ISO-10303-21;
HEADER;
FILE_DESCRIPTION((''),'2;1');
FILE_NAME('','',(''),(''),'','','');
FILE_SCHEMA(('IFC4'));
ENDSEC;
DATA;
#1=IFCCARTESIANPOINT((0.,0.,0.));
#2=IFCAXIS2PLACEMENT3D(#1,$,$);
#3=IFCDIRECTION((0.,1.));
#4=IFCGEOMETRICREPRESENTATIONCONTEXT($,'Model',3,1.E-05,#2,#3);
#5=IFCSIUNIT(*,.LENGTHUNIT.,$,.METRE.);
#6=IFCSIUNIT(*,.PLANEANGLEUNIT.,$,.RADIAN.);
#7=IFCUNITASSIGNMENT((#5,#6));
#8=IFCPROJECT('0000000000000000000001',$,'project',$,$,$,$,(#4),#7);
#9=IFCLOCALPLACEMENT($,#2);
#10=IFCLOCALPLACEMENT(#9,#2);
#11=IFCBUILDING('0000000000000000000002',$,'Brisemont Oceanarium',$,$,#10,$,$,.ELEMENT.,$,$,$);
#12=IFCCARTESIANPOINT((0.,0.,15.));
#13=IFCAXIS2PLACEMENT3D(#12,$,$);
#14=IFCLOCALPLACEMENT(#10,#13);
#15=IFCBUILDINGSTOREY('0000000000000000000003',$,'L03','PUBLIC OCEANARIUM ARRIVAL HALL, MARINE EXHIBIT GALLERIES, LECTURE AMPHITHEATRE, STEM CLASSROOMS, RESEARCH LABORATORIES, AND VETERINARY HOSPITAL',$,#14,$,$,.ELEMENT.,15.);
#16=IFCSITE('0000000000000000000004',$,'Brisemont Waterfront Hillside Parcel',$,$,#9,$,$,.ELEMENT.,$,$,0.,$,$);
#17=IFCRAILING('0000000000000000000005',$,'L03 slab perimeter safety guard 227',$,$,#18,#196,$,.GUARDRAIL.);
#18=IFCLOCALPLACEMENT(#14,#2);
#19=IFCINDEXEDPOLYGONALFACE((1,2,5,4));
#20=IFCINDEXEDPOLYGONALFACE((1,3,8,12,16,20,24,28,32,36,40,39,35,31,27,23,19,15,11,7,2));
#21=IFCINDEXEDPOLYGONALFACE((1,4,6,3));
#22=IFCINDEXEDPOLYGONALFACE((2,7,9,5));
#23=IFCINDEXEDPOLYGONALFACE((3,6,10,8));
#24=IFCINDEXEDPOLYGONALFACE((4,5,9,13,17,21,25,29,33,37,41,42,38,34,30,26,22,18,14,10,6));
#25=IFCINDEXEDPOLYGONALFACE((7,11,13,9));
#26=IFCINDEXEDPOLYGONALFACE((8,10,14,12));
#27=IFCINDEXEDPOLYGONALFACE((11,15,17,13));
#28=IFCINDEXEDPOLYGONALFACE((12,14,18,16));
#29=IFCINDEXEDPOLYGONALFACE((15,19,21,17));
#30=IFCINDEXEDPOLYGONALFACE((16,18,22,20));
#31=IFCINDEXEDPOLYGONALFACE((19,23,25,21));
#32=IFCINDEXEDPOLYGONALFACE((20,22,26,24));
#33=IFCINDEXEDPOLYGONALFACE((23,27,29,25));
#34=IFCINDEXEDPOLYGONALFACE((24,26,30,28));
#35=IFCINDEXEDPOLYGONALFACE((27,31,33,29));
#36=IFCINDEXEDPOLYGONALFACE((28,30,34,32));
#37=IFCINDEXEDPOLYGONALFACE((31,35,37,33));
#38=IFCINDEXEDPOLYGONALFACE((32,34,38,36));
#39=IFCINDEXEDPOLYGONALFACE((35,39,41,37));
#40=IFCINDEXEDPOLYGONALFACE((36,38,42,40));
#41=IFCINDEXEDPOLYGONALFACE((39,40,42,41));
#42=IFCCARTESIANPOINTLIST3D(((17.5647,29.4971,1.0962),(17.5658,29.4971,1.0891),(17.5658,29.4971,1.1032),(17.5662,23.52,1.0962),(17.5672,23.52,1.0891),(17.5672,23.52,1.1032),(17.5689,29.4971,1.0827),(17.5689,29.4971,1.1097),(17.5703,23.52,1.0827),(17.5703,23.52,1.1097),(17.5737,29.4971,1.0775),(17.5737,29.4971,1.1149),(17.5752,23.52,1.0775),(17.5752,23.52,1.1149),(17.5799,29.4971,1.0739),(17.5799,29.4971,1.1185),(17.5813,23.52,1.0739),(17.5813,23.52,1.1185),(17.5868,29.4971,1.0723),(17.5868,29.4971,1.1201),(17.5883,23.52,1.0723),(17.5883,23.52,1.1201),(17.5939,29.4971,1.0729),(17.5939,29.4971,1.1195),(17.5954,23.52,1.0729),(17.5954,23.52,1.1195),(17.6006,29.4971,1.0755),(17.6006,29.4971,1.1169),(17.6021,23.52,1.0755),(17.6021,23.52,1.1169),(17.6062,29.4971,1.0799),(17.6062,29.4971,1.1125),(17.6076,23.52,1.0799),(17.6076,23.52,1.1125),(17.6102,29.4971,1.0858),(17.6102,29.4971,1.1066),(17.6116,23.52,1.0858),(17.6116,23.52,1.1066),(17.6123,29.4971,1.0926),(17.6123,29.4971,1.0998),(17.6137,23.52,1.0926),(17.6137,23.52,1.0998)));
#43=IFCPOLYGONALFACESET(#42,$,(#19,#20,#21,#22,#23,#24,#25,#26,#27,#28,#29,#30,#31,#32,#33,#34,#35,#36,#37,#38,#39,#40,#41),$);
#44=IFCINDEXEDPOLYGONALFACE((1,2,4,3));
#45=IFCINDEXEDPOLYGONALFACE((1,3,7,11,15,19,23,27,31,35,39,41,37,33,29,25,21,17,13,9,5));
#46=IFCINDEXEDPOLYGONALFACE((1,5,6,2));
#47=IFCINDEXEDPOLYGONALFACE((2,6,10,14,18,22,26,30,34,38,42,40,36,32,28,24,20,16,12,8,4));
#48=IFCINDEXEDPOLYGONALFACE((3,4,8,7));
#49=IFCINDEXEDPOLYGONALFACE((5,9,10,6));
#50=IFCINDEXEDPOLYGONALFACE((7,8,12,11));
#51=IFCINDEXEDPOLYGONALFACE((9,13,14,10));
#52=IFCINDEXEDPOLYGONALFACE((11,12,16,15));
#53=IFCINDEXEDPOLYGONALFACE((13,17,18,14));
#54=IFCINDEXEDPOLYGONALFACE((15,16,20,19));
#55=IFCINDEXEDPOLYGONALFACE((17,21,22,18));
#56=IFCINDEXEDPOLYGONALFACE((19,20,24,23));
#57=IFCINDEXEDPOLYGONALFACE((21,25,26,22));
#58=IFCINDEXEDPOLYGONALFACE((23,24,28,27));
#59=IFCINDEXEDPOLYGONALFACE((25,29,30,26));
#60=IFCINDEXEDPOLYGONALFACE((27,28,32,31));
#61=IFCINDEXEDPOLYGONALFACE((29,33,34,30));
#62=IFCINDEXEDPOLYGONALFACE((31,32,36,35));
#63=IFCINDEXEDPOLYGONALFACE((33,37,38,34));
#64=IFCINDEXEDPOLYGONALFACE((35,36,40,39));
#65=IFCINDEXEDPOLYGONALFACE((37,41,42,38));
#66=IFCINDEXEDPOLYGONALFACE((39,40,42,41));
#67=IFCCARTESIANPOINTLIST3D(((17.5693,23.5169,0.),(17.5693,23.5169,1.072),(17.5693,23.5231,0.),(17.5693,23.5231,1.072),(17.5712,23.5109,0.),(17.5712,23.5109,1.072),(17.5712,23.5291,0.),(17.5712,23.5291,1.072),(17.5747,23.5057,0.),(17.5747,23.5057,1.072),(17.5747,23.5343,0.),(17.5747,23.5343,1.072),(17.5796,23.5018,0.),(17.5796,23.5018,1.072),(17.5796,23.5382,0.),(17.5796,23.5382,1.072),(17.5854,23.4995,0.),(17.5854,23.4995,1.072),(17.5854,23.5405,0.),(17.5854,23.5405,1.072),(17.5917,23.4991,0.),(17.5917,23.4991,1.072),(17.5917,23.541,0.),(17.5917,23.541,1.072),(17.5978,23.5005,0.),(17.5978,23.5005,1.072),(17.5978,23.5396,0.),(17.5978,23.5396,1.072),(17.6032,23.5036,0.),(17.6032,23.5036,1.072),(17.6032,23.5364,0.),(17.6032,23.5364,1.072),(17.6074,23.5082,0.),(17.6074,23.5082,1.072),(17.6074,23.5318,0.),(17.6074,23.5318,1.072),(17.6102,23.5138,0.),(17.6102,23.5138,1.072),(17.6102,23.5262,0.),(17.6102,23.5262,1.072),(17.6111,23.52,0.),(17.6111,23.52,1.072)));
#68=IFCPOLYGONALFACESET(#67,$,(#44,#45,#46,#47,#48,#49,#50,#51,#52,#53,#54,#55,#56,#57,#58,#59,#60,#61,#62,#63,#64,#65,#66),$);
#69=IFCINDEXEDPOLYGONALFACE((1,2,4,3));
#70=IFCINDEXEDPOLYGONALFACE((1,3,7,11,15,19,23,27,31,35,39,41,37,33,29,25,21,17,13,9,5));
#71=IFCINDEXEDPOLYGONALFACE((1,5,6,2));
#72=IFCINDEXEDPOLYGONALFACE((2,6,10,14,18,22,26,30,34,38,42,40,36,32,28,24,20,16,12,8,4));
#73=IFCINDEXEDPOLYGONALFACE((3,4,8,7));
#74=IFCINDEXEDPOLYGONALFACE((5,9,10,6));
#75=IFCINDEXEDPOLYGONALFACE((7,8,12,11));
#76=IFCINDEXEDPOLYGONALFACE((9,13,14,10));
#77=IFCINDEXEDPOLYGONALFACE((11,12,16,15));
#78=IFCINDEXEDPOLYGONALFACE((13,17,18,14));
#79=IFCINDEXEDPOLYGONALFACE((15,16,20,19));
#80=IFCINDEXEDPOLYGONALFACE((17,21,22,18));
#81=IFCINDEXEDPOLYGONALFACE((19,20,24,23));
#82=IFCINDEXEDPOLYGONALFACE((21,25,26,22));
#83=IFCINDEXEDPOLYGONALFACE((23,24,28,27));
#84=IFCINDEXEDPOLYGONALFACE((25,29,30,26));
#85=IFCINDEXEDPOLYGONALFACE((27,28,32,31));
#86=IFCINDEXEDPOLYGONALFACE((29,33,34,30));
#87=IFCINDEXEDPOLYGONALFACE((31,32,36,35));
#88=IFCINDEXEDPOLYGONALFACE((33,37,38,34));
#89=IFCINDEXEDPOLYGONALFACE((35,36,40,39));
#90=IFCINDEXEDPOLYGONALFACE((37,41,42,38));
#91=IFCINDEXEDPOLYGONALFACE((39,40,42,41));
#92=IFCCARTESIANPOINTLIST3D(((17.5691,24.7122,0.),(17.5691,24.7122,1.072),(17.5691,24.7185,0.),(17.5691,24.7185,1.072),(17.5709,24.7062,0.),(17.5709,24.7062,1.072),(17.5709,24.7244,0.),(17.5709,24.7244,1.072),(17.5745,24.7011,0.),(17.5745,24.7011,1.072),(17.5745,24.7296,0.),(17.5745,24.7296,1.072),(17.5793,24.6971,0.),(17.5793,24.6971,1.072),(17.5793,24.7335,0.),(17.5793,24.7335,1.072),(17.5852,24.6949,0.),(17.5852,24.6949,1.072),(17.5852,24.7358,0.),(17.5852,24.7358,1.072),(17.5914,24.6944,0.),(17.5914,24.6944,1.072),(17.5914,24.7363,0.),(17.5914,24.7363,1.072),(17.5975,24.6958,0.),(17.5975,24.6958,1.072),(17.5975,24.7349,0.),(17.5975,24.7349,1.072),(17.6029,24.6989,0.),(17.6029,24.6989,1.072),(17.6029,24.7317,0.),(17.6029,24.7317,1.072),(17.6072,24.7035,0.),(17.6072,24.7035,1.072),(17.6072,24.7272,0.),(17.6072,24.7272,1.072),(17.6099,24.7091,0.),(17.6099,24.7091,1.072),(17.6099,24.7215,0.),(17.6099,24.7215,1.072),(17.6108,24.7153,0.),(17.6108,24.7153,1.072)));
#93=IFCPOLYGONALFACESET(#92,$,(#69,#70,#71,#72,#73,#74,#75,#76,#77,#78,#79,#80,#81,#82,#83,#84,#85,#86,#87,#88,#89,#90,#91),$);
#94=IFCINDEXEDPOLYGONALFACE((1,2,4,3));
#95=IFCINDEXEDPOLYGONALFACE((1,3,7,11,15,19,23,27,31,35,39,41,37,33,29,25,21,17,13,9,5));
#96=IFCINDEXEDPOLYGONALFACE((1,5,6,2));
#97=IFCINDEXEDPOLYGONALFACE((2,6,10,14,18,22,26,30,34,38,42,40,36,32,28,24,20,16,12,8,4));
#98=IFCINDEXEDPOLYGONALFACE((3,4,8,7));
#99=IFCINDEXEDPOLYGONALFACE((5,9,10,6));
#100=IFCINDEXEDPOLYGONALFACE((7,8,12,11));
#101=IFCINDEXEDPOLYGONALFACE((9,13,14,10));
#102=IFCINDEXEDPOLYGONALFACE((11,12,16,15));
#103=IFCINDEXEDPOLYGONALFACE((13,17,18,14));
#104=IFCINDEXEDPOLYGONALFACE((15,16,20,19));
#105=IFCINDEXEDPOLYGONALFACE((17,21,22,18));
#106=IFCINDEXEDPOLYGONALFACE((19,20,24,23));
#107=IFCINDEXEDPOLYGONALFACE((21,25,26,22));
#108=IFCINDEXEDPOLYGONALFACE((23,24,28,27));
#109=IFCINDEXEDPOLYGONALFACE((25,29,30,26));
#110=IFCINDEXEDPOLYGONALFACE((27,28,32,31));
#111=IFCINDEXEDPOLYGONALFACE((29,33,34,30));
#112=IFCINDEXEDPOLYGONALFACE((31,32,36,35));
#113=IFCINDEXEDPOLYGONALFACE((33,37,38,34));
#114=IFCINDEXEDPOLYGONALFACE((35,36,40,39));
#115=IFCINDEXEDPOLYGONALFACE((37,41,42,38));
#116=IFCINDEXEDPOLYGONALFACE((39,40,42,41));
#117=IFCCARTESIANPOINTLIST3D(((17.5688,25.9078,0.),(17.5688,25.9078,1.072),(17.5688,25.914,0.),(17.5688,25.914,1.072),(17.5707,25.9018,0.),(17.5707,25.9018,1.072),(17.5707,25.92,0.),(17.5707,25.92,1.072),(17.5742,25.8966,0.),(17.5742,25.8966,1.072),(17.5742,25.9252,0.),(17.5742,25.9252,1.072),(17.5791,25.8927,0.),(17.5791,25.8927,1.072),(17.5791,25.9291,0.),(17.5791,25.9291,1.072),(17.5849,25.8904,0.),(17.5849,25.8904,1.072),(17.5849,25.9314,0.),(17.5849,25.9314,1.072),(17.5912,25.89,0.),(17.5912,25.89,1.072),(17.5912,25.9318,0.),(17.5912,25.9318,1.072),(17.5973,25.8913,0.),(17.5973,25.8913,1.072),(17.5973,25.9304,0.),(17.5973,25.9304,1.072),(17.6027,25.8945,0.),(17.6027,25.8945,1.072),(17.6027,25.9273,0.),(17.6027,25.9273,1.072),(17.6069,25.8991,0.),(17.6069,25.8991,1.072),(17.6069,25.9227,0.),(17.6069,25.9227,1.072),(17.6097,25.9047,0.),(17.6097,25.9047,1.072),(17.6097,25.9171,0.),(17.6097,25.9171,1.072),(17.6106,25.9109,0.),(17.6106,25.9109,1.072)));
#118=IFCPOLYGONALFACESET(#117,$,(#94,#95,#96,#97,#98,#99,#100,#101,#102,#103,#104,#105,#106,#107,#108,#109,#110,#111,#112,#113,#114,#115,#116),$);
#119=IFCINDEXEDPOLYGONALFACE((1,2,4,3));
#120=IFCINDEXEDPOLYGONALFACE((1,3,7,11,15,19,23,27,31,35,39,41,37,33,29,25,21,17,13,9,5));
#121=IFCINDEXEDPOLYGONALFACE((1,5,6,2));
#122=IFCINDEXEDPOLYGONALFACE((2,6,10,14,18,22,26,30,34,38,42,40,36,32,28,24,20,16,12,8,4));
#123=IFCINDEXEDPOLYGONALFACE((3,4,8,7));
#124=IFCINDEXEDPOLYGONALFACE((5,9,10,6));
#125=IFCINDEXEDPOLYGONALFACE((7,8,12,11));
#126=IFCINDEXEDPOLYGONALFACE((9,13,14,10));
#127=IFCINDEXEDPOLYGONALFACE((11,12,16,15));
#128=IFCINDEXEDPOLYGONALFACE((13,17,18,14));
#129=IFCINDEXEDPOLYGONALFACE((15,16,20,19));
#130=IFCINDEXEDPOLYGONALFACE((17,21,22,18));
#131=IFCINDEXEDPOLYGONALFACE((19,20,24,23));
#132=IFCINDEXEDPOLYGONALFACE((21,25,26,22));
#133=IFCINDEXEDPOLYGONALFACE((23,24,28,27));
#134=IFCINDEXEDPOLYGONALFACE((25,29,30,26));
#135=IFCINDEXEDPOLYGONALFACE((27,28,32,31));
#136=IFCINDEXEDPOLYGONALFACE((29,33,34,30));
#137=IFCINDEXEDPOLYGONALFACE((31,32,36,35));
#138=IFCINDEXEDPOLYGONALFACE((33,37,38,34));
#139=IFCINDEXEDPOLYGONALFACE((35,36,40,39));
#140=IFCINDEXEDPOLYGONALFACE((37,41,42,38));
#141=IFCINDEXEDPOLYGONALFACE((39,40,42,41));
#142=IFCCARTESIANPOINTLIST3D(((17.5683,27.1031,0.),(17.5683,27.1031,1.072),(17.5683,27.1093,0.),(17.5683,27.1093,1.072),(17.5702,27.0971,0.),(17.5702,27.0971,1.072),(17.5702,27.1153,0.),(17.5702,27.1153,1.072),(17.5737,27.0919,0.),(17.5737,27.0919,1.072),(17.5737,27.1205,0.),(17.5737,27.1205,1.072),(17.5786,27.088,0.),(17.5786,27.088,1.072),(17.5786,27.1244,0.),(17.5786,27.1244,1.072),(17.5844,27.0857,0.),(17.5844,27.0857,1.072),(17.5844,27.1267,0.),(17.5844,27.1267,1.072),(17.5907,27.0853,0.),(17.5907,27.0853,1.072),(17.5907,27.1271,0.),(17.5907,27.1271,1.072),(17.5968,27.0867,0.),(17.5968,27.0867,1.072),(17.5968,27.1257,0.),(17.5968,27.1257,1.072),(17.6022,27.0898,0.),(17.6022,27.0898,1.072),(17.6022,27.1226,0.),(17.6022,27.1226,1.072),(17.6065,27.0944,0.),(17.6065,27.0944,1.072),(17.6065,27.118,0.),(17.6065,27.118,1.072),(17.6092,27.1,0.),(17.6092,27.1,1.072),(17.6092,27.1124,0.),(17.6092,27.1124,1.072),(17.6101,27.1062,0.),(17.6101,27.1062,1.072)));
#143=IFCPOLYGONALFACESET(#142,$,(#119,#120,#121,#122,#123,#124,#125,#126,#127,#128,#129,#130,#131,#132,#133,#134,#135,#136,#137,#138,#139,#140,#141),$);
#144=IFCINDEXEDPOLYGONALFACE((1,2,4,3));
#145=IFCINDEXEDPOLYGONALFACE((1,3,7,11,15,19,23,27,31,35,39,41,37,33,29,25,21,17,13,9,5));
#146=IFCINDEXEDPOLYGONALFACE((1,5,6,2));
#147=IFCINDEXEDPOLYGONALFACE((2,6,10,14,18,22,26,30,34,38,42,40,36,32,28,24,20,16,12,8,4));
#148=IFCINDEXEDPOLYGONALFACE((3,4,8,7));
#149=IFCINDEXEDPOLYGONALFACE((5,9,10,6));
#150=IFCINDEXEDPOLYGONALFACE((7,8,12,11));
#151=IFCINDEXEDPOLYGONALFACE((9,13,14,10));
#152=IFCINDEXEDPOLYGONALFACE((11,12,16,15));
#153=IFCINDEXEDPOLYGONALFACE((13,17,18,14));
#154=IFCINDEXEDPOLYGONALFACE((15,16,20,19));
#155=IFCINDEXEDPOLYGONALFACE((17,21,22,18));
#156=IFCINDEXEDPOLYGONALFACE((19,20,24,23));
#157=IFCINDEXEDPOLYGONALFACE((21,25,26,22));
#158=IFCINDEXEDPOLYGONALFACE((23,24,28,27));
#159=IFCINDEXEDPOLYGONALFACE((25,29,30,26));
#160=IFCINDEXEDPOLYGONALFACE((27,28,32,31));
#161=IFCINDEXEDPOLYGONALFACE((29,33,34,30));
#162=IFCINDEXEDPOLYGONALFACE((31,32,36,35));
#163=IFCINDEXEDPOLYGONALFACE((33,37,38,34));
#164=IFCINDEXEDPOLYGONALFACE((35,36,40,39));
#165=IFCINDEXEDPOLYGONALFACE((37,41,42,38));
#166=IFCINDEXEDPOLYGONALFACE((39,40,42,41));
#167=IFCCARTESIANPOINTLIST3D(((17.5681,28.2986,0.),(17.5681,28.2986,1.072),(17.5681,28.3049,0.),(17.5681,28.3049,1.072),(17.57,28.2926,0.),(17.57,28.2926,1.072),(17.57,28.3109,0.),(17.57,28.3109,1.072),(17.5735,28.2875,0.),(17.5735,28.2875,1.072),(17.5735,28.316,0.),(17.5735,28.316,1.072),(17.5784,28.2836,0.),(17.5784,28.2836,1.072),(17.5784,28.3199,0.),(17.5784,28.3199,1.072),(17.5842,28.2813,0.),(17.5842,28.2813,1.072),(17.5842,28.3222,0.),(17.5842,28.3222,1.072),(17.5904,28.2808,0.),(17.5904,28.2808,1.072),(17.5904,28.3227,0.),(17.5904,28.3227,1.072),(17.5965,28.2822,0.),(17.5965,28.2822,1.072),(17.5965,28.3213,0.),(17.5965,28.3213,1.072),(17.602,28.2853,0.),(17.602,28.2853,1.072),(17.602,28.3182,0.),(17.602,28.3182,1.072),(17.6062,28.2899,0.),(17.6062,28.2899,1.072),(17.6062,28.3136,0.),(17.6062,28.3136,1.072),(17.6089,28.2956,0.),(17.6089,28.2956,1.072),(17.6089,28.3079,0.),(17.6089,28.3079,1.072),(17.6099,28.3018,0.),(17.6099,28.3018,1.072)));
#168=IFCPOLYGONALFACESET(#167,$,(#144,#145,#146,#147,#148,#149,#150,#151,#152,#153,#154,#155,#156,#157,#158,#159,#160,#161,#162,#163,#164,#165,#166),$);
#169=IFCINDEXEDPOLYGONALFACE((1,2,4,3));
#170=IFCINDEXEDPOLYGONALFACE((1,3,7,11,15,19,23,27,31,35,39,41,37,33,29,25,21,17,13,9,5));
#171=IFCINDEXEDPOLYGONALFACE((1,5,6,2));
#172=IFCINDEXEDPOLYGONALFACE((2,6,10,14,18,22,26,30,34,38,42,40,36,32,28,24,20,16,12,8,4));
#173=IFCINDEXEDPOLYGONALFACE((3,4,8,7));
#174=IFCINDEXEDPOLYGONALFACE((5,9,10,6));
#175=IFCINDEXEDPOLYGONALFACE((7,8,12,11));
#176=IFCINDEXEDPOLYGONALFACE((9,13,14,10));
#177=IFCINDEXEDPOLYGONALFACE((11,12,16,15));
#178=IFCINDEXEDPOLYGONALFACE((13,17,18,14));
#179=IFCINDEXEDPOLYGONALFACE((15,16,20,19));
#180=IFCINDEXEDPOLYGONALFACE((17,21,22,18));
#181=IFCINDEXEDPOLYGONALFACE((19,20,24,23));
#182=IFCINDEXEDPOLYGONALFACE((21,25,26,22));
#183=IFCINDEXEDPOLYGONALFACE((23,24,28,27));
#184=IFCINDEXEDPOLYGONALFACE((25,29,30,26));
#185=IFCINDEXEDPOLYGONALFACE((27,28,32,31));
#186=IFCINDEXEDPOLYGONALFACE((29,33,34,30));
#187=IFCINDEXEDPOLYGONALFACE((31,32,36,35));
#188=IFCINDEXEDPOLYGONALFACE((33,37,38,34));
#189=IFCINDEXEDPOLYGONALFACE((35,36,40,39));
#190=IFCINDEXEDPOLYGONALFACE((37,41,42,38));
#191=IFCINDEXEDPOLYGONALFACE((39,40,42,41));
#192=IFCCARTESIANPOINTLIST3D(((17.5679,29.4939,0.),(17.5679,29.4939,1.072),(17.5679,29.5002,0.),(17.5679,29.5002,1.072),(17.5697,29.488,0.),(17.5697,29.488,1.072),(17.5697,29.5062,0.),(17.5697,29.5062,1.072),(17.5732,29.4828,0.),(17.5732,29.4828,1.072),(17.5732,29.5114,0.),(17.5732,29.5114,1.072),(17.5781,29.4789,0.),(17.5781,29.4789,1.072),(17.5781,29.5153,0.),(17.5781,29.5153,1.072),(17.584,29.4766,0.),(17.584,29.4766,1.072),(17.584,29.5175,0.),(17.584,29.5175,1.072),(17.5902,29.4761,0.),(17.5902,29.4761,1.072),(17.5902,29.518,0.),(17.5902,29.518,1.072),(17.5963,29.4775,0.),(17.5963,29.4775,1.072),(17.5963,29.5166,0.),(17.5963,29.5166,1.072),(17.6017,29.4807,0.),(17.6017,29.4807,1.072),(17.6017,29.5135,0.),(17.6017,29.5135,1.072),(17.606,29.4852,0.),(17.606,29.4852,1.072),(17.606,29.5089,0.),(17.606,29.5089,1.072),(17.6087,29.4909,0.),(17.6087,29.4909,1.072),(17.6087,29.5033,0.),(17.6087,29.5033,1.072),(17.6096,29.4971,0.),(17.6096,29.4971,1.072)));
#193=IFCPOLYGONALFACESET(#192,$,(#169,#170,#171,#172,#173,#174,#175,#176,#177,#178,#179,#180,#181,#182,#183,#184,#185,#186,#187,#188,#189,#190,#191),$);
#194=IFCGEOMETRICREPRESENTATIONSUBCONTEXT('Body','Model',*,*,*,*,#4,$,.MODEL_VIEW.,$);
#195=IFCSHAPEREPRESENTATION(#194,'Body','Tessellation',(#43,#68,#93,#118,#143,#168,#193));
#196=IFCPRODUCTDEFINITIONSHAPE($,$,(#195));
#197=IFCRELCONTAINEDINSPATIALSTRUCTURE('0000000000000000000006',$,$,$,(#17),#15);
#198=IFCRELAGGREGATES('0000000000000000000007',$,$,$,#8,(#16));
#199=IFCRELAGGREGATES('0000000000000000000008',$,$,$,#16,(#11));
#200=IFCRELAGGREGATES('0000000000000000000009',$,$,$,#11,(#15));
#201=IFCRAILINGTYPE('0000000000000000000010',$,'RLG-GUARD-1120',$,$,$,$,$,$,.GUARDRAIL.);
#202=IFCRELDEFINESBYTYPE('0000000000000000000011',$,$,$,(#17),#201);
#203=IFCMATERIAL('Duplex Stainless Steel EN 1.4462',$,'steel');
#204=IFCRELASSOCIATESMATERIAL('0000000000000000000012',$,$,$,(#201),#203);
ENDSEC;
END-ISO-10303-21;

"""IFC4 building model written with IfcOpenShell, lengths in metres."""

from ifc_helpers import new_model, si_unit, direction, frame, origin, origin_2d, place, context, subcontext, project, spatial, circle, extrude, material, type_object, element, save


model = new_model("IFC4")

# Units and contexts
model_context = context("Model", 3, precision=1e-05, world=origin(), true_north=direction((0.0, 1.0)))
body_context = subcontext(model_context, "Body", "Model", "MODEL_VIEW")
ifc_project = project(units=[si_unit("LENGTHUNIT", "METRE"), si_unit("PLANEANGLEUNIT", "RADIAN")], contexts=[model_context])

# Site, building, storey
site_placement = place(None, origin())
site = spatial("IfcSite", under=ifc_project, at=site_placement, Name="Brisemont Waterfront Hillside Parcel", CompositionType="ELEMENT", RefElevation=0.0)
building_placement = place(site_placement, origin())
building = spatial("IfcBuilding", under=site, at=building_placement, Name="Brisemont Oceanarium", CompositionType="ELEMENT")
storey_placement = place(building_placement, frame((0.0, 0.0, 15.0)))
storey = spatial("IfcBuildingStorey", under=building, at=storey_placement, Name="L03", Description="PUBLIC OCEANARIUM ARRIVAL HALL, MARINE EXHIBIT GALLERIES, LECTURE AMPHITHEATRE, STEM CLASSROOMS, RESEARCH LABORATORIES, AND VETERINARY HOSPITAL", CompositionType="ELEMENT", Elevation=15.0)

# Railing
ifc_material_1 = material(Name="Duplex Stainless Steel EN 1.4462", Category="steel")
railing_type = type_object("IfcRailingType", Name="RLG-GUARD-1120", PredefinedType="GUARDRAIL", material=ifc_material_1)
railing_1_placement = place(storey_placement, frame((17.5901, 23.52, 0.0)))
element("IfcRailing", 1, at=railing_1_placement, inside=storey, type_object=railing_type, Name="L03 slab perimeter safety guard 227", PredefinedType="GUARDRAIL", context=body_context, shape_type="SweptSolid", body=[
    extrude(circle(Radius=0.0239, at=origin_2d()), frame((0.0, 0.0, 1.0962), z_axis=(-0.000245, 1.0, 0.0), x_axis=(-1.0, -0.000245, 0.0)), (0.0, 0.0, 1.0), 5.9771),
    extrude(circle(Radius=0.021, at=origin_2d()), origin(), (0.0, 0.0, 1.0), 1.072),
    extrude(circle(Radius=0.021, at=origin_2d()), frame((-0.0002, 1.1953, 0.0)), (0.0, 0.0, 1.0), 1.072),
    extrude(circle(Radius=0.021, at=origin_2d()), frame((-0.0005, 2.3909, 0.0)), (0.0, 0.0, 1.0), 1.072),
    extrude(circle(Radius=0.021, at=origin_2d()), frame((-0.001, 3.5862, 0.0)), (0.0, 0.0, 1.0), 1.072),
    extrude(circle(Radius=0.021, at=origin_2d()), frame((-0.0012, 4.7817, 0.0)), (0.0, 0.0, 1.0), 1.072),
    extrude(circle(Radius=0.021, at=origin_2d()), frame((-0.0015, 5.9771, 0.0)), (0.0, 0.0, 1.0), 1.072),
])

save(model, "model.ifc")
